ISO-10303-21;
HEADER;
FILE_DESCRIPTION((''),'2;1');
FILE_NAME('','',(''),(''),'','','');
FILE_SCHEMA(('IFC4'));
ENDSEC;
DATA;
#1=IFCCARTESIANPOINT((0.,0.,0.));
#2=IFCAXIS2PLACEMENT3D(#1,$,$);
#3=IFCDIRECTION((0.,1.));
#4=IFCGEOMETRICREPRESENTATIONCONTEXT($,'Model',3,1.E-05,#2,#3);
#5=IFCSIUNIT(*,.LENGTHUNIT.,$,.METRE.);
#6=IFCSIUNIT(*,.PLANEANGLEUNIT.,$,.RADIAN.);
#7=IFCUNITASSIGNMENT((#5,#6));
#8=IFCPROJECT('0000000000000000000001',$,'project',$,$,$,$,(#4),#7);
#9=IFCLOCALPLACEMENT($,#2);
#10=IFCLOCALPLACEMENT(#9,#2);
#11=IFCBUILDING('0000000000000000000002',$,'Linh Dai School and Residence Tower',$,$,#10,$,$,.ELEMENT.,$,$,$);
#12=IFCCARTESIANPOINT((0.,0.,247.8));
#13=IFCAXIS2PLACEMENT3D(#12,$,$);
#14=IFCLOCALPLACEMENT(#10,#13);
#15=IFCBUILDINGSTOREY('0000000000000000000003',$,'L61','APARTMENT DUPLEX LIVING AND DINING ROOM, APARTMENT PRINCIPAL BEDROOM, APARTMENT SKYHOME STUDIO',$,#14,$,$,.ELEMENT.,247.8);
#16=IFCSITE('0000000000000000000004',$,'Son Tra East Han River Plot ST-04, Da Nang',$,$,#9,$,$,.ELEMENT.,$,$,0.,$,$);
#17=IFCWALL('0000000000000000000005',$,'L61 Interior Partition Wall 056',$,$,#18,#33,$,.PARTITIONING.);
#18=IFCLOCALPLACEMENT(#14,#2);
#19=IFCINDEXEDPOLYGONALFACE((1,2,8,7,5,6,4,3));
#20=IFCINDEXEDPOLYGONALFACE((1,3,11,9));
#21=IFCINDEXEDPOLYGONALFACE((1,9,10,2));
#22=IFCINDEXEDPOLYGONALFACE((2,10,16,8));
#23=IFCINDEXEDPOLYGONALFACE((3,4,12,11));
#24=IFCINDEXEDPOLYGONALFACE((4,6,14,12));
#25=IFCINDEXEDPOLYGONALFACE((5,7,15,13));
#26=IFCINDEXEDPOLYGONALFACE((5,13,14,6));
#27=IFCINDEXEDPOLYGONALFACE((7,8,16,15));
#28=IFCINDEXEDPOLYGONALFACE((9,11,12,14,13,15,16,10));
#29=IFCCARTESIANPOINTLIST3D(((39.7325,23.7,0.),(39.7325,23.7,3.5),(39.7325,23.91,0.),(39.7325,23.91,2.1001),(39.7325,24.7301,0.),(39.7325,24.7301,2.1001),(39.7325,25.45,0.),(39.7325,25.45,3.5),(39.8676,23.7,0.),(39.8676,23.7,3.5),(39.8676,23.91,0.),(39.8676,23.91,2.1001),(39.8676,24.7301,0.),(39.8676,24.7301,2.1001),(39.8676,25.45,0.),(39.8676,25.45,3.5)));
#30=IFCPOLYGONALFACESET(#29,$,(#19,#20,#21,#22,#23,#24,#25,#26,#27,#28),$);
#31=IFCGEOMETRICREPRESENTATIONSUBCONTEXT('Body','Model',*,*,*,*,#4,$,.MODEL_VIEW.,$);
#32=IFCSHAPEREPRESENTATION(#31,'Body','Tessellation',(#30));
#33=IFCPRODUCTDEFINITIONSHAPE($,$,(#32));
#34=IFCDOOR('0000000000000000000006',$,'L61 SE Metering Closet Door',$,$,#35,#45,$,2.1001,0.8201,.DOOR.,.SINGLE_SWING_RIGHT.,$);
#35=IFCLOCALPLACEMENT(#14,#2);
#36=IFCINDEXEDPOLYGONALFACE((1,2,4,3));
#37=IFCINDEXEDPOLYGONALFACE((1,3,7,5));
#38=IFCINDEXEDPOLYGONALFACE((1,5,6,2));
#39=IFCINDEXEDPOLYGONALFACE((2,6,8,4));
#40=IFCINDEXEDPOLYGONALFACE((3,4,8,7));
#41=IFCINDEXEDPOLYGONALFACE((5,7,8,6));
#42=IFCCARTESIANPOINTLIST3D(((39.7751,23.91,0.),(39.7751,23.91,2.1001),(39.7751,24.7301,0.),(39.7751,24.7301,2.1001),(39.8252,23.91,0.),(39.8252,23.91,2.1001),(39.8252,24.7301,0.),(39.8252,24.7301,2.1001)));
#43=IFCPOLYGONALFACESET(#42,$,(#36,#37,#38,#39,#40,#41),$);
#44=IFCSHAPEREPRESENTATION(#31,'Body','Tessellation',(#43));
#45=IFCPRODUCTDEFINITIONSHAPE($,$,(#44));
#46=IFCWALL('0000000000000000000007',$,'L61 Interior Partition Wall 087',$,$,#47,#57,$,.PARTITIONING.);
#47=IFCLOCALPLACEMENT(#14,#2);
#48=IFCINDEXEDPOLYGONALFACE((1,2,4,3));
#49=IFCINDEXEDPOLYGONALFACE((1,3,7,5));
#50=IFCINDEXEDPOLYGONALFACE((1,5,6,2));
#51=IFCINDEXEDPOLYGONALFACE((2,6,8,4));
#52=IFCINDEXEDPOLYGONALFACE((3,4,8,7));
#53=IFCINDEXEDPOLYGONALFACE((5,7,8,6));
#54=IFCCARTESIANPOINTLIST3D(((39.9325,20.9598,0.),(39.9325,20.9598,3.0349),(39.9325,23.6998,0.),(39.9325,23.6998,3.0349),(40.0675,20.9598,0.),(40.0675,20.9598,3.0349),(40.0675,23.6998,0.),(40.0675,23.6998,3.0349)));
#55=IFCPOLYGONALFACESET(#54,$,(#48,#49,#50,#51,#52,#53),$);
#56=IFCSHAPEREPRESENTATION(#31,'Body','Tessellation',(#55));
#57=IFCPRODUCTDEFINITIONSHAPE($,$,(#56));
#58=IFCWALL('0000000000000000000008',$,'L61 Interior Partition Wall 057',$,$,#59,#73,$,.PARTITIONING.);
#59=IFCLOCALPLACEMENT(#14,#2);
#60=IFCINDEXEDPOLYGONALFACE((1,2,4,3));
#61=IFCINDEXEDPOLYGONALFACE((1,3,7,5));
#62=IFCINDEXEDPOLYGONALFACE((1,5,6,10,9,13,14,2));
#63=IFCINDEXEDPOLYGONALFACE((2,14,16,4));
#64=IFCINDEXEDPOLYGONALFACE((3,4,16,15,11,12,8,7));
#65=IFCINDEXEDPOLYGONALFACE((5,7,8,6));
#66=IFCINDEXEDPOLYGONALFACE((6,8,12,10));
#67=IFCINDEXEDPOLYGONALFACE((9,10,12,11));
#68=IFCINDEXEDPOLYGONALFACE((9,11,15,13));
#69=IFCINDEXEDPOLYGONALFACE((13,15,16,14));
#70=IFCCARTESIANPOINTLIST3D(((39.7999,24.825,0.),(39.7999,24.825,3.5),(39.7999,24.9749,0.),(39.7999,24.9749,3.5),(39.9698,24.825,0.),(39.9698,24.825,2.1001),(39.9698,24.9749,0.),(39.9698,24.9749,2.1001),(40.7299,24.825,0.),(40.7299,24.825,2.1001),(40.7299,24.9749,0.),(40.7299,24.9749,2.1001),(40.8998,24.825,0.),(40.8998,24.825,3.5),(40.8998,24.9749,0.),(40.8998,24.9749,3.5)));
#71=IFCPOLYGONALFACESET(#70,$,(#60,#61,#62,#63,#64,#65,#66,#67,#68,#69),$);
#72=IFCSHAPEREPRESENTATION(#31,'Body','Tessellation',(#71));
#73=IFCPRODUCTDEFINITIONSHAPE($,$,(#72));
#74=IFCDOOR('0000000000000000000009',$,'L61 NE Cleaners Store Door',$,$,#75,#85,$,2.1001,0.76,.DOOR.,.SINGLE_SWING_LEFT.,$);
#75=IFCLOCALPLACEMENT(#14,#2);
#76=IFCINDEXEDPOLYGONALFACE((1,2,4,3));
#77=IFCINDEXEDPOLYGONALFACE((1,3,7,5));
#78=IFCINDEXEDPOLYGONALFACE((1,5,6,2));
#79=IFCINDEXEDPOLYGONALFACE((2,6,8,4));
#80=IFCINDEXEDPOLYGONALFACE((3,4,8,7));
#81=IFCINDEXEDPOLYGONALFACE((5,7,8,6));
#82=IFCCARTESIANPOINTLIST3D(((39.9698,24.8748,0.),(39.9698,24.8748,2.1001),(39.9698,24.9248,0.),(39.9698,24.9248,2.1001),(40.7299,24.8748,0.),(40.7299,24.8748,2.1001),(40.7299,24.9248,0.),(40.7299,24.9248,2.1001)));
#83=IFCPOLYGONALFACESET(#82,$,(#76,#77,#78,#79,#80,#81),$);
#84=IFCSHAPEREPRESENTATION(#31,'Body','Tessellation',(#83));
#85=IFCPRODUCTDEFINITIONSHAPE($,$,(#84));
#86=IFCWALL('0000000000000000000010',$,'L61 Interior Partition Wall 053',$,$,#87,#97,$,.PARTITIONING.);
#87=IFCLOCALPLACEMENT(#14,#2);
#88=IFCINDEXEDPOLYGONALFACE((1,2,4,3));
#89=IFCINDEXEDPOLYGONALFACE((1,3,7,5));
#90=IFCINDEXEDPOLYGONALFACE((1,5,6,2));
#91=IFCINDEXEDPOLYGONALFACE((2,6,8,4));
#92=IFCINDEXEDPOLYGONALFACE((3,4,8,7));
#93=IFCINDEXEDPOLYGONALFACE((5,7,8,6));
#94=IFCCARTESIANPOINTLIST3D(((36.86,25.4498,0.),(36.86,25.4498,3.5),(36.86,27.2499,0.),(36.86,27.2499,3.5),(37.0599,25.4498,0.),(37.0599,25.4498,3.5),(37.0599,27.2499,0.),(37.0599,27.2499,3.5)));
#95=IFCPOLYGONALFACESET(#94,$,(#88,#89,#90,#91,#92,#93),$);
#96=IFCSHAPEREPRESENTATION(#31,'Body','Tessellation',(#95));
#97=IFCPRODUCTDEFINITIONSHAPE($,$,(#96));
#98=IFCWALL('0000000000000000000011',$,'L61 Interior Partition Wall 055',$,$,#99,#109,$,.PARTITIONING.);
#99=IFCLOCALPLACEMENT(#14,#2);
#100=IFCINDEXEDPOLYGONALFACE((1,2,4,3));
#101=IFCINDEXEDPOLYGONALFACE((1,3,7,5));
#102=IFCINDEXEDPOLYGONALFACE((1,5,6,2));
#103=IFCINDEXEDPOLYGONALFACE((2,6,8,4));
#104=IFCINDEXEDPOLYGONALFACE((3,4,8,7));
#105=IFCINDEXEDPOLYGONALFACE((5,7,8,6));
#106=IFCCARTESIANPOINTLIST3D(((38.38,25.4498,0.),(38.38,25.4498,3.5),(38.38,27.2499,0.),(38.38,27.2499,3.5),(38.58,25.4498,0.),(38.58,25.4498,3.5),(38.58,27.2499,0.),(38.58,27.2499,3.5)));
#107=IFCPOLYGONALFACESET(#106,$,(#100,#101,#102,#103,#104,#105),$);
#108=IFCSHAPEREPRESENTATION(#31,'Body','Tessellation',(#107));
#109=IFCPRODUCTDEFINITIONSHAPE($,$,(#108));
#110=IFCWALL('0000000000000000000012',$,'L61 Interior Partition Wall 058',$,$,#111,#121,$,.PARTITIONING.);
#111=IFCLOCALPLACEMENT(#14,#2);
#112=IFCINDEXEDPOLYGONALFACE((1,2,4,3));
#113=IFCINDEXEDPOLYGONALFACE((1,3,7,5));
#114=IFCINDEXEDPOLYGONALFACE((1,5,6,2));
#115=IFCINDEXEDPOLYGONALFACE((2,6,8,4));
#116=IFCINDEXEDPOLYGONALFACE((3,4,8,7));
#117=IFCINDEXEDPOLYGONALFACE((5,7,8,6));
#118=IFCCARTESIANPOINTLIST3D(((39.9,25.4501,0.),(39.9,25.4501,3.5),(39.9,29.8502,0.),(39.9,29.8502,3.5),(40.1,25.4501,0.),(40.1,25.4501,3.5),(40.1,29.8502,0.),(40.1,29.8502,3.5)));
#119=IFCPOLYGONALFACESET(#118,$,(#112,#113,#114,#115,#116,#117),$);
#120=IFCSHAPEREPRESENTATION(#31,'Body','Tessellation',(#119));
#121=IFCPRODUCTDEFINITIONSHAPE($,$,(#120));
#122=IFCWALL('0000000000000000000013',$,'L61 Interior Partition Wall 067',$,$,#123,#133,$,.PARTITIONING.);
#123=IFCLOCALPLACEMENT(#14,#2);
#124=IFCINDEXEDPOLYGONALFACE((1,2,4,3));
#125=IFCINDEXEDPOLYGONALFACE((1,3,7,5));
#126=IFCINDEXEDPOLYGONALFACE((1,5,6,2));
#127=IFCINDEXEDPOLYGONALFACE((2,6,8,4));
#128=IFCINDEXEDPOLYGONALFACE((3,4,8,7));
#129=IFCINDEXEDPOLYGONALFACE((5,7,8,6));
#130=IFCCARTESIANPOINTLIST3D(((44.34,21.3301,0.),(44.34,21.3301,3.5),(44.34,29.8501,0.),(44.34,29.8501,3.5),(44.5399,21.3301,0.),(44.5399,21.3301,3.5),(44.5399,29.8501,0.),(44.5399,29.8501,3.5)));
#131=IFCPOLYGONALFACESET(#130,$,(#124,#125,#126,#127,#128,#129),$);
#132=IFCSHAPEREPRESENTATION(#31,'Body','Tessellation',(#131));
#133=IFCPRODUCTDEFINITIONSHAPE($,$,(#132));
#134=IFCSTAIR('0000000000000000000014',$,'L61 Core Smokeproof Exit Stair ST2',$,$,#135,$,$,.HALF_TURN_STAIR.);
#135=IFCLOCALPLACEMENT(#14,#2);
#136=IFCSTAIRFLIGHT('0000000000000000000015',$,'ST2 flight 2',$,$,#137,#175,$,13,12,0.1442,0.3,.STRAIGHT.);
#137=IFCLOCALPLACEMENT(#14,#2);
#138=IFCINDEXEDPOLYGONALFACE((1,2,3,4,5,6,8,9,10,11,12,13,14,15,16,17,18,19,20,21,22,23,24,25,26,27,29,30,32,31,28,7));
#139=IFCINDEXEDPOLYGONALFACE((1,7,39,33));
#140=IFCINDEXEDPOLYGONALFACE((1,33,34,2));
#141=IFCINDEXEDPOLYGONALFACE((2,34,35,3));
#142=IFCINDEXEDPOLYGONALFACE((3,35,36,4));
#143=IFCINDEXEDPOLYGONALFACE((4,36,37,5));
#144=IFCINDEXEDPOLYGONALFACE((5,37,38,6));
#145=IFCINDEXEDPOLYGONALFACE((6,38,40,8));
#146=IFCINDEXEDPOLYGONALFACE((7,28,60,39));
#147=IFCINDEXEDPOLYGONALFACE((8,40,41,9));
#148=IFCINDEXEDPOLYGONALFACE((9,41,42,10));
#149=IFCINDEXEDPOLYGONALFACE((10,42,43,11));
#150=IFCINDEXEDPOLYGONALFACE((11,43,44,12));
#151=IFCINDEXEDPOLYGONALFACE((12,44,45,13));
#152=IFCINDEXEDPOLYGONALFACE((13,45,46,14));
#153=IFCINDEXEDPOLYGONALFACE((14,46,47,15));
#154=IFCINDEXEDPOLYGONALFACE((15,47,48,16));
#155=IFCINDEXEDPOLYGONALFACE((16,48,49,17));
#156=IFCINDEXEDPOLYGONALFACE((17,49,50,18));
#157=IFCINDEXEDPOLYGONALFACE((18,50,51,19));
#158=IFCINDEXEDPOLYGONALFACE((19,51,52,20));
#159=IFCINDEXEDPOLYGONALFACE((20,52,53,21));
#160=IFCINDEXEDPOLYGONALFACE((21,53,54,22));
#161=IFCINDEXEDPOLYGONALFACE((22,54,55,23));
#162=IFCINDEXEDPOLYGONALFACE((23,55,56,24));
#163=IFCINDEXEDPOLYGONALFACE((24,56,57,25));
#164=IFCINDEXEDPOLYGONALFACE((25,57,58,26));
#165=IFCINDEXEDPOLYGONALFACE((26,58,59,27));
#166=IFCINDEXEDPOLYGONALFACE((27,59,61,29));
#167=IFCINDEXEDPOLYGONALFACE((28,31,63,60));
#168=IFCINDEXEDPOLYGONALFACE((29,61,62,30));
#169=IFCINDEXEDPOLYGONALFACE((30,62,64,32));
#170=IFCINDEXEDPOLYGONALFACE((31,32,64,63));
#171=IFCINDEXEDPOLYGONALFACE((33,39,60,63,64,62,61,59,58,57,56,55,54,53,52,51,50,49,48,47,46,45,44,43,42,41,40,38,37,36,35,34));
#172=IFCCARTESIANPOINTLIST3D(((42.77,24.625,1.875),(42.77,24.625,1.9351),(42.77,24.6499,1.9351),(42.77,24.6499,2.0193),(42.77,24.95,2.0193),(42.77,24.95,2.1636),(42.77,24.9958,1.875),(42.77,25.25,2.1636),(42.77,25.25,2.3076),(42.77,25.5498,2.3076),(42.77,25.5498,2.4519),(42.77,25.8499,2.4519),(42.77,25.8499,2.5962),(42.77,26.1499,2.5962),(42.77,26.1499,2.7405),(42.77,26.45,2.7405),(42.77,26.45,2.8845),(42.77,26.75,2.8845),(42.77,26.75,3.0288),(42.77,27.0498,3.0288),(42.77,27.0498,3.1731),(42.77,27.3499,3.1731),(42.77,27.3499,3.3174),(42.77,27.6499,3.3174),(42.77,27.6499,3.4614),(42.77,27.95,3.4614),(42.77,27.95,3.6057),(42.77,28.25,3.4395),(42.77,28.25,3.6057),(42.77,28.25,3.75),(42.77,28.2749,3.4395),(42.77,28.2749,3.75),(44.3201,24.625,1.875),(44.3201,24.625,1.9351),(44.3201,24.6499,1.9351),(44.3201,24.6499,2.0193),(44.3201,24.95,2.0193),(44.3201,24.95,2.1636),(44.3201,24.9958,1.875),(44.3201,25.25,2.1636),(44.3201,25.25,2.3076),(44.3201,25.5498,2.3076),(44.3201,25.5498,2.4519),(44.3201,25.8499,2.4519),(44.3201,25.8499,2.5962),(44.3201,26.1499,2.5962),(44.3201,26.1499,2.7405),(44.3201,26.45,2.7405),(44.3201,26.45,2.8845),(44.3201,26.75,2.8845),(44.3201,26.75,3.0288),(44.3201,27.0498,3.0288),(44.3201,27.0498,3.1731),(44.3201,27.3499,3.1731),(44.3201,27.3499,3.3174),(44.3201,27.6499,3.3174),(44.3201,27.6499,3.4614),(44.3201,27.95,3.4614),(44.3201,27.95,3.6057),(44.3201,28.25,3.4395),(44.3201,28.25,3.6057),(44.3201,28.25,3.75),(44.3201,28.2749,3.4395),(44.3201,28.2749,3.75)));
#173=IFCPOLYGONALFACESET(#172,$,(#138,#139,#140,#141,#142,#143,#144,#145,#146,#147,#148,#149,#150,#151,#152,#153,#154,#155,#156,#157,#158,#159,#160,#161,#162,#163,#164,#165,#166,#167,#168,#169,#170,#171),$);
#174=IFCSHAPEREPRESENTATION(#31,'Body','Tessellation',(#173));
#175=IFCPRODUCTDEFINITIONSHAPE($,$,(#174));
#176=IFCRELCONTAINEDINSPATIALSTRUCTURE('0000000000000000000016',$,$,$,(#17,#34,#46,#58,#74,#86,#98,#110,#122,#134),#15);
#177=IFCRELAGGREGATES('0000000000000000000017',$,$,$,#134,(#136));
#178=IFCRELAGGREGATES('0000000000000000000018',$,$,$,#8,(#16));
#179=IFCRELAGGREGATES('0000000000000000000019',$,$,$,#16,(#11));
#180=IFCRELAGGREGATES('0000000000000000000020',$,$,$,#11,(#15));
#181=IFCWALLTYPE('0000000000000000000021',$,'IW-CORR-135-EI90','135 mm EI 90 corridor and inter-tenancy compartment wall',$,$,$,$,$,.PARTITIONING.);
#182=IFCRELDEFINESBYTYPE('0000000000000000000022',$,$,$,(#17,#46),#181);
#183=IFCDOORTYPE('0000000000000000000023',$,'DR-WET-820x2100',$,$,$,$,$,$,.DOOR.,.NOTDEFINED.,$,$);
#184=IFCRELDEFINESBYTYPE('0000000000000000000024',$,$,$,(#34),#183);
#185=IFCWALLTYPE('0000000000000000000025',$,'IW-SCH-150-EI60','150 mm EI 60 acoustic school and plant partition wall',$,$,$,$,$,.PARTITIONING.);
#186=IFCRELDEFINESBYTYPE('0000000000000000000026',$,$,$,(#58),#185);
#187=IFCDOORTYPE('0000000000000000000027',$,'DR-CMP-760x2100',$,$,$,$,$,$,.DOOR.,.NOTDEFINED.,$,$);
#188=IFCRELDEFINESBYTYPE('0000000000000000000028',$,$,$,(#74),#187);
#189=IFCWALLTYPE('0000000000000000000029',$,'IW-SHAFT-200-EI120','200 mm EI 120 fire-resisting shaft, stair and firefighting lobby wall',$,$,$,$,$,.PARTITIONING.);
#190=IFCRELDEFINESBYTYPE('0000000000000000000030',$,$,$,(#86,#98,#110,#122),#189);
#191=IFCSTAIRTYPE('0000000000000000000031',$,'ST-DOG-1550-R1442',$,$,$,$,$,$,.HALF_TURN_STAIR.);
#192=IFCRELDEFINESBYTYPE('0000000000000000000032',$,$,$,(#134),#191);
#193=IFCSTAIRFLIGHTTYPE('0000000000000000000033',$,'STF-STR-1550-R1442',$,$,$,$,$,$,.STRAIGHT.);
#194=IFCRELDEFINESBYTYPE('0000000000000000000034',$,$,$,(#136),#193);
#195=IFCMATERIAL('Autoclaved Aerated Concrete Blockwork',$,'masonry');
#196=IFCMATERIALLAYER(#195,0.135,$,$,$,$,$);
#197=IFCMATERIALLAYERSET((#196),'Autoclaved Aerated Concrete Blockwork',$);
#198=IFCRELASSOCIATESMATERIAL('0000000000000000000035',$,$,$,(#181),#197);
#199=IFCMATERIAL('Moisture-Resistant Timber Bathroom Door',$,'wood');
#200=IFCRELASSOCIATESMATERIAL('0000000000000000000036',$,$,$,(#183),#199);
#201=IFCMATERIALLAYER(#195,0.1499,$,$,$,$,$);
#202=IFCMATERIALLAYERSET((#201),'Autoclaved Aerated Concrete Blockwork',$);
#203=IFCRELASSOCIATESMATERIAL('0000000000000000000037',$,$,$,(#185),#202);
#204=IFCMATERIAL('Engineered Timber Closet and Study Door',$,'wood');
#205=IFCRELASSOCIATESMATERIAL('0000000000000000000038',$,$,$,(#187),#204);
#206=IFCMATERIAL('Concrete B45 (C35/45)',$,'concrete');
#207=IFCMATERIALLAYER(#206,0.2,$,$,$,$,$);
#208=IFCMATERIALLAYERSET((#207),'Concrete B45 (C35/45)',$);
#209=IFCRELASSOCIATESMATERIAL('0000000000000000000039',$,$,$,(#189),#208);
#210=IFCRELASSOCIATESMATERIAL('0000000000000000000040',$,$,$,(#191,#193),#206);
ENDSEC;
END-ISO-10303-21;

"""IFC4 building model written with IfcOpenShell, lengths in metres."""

from ifc_helpers import new_model, si_unit, direction, frame, frame_2d, origin, origin_2d, place, context, subcontext, project, spatial, polyline, rectangle, outline, extrude, source, transform, mapped, material, layer, layer_set, type_object, element, fill, aggregate, save


model = new_model("IFC4")

# Units and contexts
model_context = context("Model", 3, precision=1e-05, world=origin(), true_north=direction((0.0, 1.0)))
body_context = subcontext(model_context, "Body", "Model", "MODEL_VIEW")
ifc_project = project(units=[si_unit("LENGTHUNIT", "METRE"), si_unit("PLANEANGLEUNIT", "RADIAN")], contexts=[model_context])

# Site, building, storey
site_placement = place(None, origin())
site = spatial("IfcSite", under=ifc_project, at=site_placement, Name="Son Tra East Han River Plot ST-04, Da Nang", CompositionType="ELEMENT", RefElevation=0.0)
building_placement = place(site_placement, origin())
building = spatial("IfcBuilding", under=site, at=building_placement, Name="Linh Dai School and Residence Tower", CompositionType="ELEMENT")
storey_placement = place(building_placement, frame((0.0, 0.0, 247.8)))
storey = spatial("IfcBuildingStorey", under=building, at=storey_placement, Name="L61", Description="APARTMENT DUPLEX LIVING AND DINING ROOM, APARTMENT PRINCIPAL BEDROOM, APARTMENT SKYHOME STUDIO", CompositionType="ELEMENT", Elevation=247.8)

# Wall, opening, door
ifc_material_1 = material(Name="Autoclaved Aerated Concrete Blockwork", Category="masonry")
ifc_layer_1 = layer(ifc_material_1, 0.135)
ifc_layer_set_1 = layer_set([ifc_layer_1], Name="Autoclaved Aerated Concrete Blockwork")
wall_type_1 = type_object("IfcWallType", Name="IW-CORR-135-EI90", Description="135 mm EI 90 corridor and inter-tenancy compartment wall", PredefinedType="PARTITIONING", material=ifc_layer_set_1)
wall_1_placement = place(storey_placement, frame((39.8, 23.7, 0.0), z_axis=(0.0, 0.0, 1.0), x_axis=(0.0, 1.0, 0.0)))
wall_1 = element("IfcWall", 1, at=wall_1_placement, inside=storey, type_object=wall_type_1, Name="L61 Interior Partition Wall 056", PredefinedType="PARTITIONING", context=body_context, shape_type="SweptSolid", body=[
    extrude(rectangle(XDim=1.75, YDim=0.135, at=frame_2d((0.875, 0.0))), origin(), (0.0, 0.0, 1.0), 3.5),
])
opening_1_placement = place(wall_1_placement, frame((0.21, 0.0, 0.0)))
opening_1 = element("IfcOpeningElement", 2, at=opening_1_placement, cuts=wall_1, PredefinedType="OPENING", context=body_context, shape_type="SweptSolid", body=[
    extrude(rectangle(XDim=0.8201, YDim=2.1001, at=origin_2d()), frame((0.4102, 0.0776, 1.05), z_axis=(0.0, -1.0, 0.0), x_axis=(1.0, 0.0, 0.0)), (0.0, 0.0, 1.0), 0.155),
])
ifc_material_2 = material(Name="Moisture-Resistant Timber Bathroom Door", Category="wood")
door_type_1 = type_object("IfcDoorType", Name="DR-WET-820x2100", OperationType="NOTDEFINED", PredefinedType="DOOR", material=ifc_material_2)
shared_shape_1 = source(origin(), body_context, "Body", "SweptSolid", [
    extrude(rectangle(XDim=0.8201, YDim=2.1001, at=origin_2d()), frame((0.4102, 0.0249, 1.05), z_axis=(0.0, -1.0, 0.0), x_axis=(1.0, 0.0, 0.0)), (0.0, 0.0, 1.0), 0.05),
])
door_1_placement = place(opening_1_placement, origin())
door_1 = element("IfcDoor", 3, at=door_1_placement, inside=storey, type_object=door_type_1, Name="L61 SE Metering Closet Door", OperationType="SINGLE_SWING_RIGHT", OverallHeight=2.1001, OverallWidth=0.8201, PredefinedType="DOOR", context=body_context, shape_type="MappedRepresentation", body=[
    mapped(shared_shape_1, transform((0.0, 0.0, 0.0), x_axis=(1.0, 0.0, 0.0), y_axis=(0.0, 1.0, 0.0), z_axis=(0.0, 0.0, 1.0), scale=1.0)),
])
fill(opening_1, door_1)

# Wall
wall_2_placement = place(storey_placement, frame((40.0, 23.7, 0.0), z_axis=(0.0, 0.0, 1.0), x_axis=(0.0, -1.0, 0.0)))
element("IfcWall", 4, at=wall_2_placement, inside=storey, type_object=wall_type_1, Name="L61 Interior Partition Wall 087", PredefinedType="PARTITIONING", context=body_context, shape_type="SweptSolid", body=[
    extrude(rectangle(XDim=2.74, YDim=0.135, at=frame_2d((1.3701, 0.0))), origin(), (0.0, 0.0, 1.0), 3.0349),
])

# Wall, opening, door
ifc_layer_2 = layer(ifc_material_1, 0.1499)
ifc_layer_set_2 = layer_set([ifc_layer_2], Name="Autoclaved Aerated Concrete Blockwork")
wall_type_2 = type_object("IfcWallType", Name="IW-SCH-150-EI60", Description="150 mm EI 60 acoustic school and plant partition wall", PredefinedType="PARTITIONING", material=ifc_layer_set_2)
wall_3_placement = place(storey_placement, frame((39.8, 24.8999, 0.0), z_axis=(0.0, 0.0, 1.0), x_axis=(1.0, 0.0, 0.0)))
wall_3 = element("IfcWall", 5, at=wall_3_placement, inside=storey, type_object=wall_type_2, Name="L61 Interior Partition Wall 057", PredefinedType="PARTITIONING", context=body_context, shape_type="SweptSolid", body=[
    extrude(rectangle(XDim=1.0999, YDim=0.1499, at=frame_2d((0.5498, 0.0))), origin(), (0.0, 0.0, 1.0), 3.5),
])
opening_2_placement = place(wall_3_placement, frame((0.1699, 0.0, 0.0)))
opening_2 = element("IfcOpeningElement", 6, at=opening_2_placement, cuts=wall_3, PredefinedType="OPENING", context=body_context, shape_type="SweptSolid", body=[
    extrude(rectangle(XDim=0.76, YDim=2.1001, at=origin_2d()), frame((0.3799, 0.085, 1.05), z_axis=(0.0, -1.0, 0.0), x_axis=(1.0, 0.0, 0.0)), (0.0, 0.0, 1.0), 0.1699),
])
ifc_material_3 = material(Name="Engineered Timber Closet and Study Door", Category="wood")
door_type_2 = type_object("IfcDoorType", Name="DR-CMP-760x2100", OperationType="NOTDEFINED", PredefinedType="DOOR", material=ifc_material_3)
shared_shape_2 = source(origin(), body_context, "Body", "SweptSolid", [
    extrude(rectangle(XDim=0.76, YDim=2.1001, at=origin_2d()), frame((0.3799, 0.0249, 1.05), z_axis=(0.0, -1.0, 0.0), x_axis=(1.0, 0.0, 0.0)), (0.0, 0.0, 1.0), 0.05),
])
door_2_placement = place(opening_2_placement, origin())
door_2 = element("IfcDoor", 7, at=door_2_placement, inside=storey, type_object=door_type_2, Name="L61 NE Cleaners Store Door", OperationType="SINGLE_SWING_LEFT", OverallHeight=2.1001, OverallWidth=0.76, PredefinedType="DOOR", context=body_context, shape_type="MappedRepresentation", body=[
    mapped(shared_shape_2, transform((0.0, 0.0, 0.0), x_axis=(1.0, 0.0, 0.0), y_axis=(0.0, 1.0, 0.0), z_axis=(0.0, 0.0, 1.0), scale=1.0)),
])
fill(opening_2, door_2)

# Walls
ifc_material_4 = material(Name="Concrete B45 (C35/45)", Category="concrete")
ifc_layer_3 = layer(ifc_material_4, 0.2)
ifc_layer_set_3 = layer_set([ifc_layer_3], Name="Concrete B45 (C35/45)")
wall_type_3 = type_object("IfcWallType", Name="IW-SHAFT-200-EI120", Description="200 mm EI 120 fire-resisting shaft, stair and firefighting lobby wall", PredefinedType="PARTITIONING", material=ifc_layer_set_3)
for number, where, z_axis, x_axis, name in (
    (8, (36.96, 25.45, 0.0), (0.0, 0.0, 1.0), (0.0, 1.0, 0.0), "L61 Interior Partition Wall 053"),
    (9, (38.48, 25.45, 0.0), (0.0, 0.0, 1.0), (0.0, 1.0, 0.0), "L61 Interior Partition Wall 055"),
):
    element("IfcWall", number, at=place(storey_placement, frame(where, z_axis=z_axis, x_axis=x_axis)), inside=storey, type_object=wall_type_3, Name=name, PredefinedType="PARTITIONING", context=body_context, shape_type="SweptSolid", body=[
        extrude(rectangle(XDim=1.8, YDim=0.2, at=frame_2d((0.8999, 0.0))), origin(), (0.0, 0.0, 1.0), 3.5),
    ])
wall_4_placement = place(storey_placement, frame((40.0, 25.45, 0.0), z_axis=(0.0, 0.0, 1.0), x_axis=(0.0, 1.0, 0.0)))
element("IfcWall", 10, at=wall_4_placement, inside=storey, type_object=wall_type_3, Name="L61 Interior Partition Wall 058", PredefinedType="PARTITIONING", context=body_context, shape_type="SweptSolid", body=[
    extrude(rectangle(XDim=4.4001, YDim=0.2, at=frame_2d((2.2002, 0.0))), origin(), (0.0, 0.0, 1.0), 3.5),
])
wall_5_placement = place(storey_placement, frame((44.4399, 21.3301, 0.0), z_axis=(0.0, 0.0, 1.0), x_axis=(0.0, 1.0, 0.0)))
element("IfcWall", 11, at=wall_5_placement, inside=storey, type_object=wall_type_3, Name="L61 Interior Partition Wall 067", PredefinedType="PARTITIONING", context=body_context, shape_type="SweptSolid", body=[
    extrude(rectangle(XDim=8.52, YDim=0.2, at=frame_2d((4.26, 0.0))), origin(), (0.0, 0.0, 1.0), 3.5),
])

# Stair, stair flight
stair_type = type_object("IfcStairType", Name="ST-DOG-1550-R1442", PredefinedType="HALF_TURN_STAIR", material=ifc_material_4)
stair_placement = place(storey_placement, origin())
stair = element("IfcStair", 12, at=stair_placement, inside=storey, type_object=stair_type, Name="L61 Core Smokeproof Exit Stair ST2", PredefinedType="HALF_TURN_STAIR")
stair_flight_type = type_object("IfcStairFlightType", Name="STF-STR-1550-R1442", PredefinedType="STRAIGHT", material=ifc_material_4)
shared_shape_3 = source(origin(), body_context, "Body", "SweptSolid", [
    extrude(outline(polyline([(-0.0249, 0.0), (-0.0249, 0.0601), (0.0, 0.0601), (0.0, 0.1443), (0.3, 0.1443), (0.3, 0.2886), (0.6001, 0.2886), (0.6001, 0.4326), (0.8999, 0.4326), (0.8999, 0.5769), (1.2, 0.5769), (1.2, 0.7212), (1.5, 0.7212), (1.5, 0.8655), (1.8, 0.8655), (1.8, 1.0095), (2.1001, 1.0095), (2.1001, 1.1538), (2.3999, 1.1538), (2.3999, 1.2981), (2.7, 1.2981), (2.7, 1.4424), (3.0, 1.4424), (3.0, 1.5864), (3.3, 1.5864), (3.3, 1.7307), (3.6001, 1.7307), (3.6001, 1.875), (3.625, 1.875), (3.625, 1.5645), (3.6001, 1.5645), (0.3459, 0.0), (-0.0249, 0.0)])), frame((0.0, 0.7749, 0.0), z_axis=(0.0, -1.0, 0.0), x_axis=(1.0, 0.0, 0.0)), (0.0, 0.0, 1.0), 1.55),
])
stair_flight_placement = place(storey_placement, frame((43.5449, 24.6499, 1.875), z_axis=(0.0, 0.0, 1.0), x_axis=(0.0, 1.0, 0.0)))
stair_flight = element("IfcStairFlight", 13, at=stair_flight_placement, type_object=stair_flight_type, Name="ST2 flight 2", NumberOfRisers=13, NumberOfTreads=12, PredefinedType="STRAIGHT", RiserHeight=0.1442, TreadLength=0.3, context=body_context, shape_type="MappedRepresentation", body=[
    mapped(shared_shape_3, transform((0.0, 0.0, 0.0), x_axis=(1.0, 0.0, 0.0), y_axis=(0.0, 1.0, 0.0), z_axis=(0.0, 0.0, 1.0), scale=1.0)),
])
aggregate(stair, [stair_flight])

save(model, "model.ifc")
